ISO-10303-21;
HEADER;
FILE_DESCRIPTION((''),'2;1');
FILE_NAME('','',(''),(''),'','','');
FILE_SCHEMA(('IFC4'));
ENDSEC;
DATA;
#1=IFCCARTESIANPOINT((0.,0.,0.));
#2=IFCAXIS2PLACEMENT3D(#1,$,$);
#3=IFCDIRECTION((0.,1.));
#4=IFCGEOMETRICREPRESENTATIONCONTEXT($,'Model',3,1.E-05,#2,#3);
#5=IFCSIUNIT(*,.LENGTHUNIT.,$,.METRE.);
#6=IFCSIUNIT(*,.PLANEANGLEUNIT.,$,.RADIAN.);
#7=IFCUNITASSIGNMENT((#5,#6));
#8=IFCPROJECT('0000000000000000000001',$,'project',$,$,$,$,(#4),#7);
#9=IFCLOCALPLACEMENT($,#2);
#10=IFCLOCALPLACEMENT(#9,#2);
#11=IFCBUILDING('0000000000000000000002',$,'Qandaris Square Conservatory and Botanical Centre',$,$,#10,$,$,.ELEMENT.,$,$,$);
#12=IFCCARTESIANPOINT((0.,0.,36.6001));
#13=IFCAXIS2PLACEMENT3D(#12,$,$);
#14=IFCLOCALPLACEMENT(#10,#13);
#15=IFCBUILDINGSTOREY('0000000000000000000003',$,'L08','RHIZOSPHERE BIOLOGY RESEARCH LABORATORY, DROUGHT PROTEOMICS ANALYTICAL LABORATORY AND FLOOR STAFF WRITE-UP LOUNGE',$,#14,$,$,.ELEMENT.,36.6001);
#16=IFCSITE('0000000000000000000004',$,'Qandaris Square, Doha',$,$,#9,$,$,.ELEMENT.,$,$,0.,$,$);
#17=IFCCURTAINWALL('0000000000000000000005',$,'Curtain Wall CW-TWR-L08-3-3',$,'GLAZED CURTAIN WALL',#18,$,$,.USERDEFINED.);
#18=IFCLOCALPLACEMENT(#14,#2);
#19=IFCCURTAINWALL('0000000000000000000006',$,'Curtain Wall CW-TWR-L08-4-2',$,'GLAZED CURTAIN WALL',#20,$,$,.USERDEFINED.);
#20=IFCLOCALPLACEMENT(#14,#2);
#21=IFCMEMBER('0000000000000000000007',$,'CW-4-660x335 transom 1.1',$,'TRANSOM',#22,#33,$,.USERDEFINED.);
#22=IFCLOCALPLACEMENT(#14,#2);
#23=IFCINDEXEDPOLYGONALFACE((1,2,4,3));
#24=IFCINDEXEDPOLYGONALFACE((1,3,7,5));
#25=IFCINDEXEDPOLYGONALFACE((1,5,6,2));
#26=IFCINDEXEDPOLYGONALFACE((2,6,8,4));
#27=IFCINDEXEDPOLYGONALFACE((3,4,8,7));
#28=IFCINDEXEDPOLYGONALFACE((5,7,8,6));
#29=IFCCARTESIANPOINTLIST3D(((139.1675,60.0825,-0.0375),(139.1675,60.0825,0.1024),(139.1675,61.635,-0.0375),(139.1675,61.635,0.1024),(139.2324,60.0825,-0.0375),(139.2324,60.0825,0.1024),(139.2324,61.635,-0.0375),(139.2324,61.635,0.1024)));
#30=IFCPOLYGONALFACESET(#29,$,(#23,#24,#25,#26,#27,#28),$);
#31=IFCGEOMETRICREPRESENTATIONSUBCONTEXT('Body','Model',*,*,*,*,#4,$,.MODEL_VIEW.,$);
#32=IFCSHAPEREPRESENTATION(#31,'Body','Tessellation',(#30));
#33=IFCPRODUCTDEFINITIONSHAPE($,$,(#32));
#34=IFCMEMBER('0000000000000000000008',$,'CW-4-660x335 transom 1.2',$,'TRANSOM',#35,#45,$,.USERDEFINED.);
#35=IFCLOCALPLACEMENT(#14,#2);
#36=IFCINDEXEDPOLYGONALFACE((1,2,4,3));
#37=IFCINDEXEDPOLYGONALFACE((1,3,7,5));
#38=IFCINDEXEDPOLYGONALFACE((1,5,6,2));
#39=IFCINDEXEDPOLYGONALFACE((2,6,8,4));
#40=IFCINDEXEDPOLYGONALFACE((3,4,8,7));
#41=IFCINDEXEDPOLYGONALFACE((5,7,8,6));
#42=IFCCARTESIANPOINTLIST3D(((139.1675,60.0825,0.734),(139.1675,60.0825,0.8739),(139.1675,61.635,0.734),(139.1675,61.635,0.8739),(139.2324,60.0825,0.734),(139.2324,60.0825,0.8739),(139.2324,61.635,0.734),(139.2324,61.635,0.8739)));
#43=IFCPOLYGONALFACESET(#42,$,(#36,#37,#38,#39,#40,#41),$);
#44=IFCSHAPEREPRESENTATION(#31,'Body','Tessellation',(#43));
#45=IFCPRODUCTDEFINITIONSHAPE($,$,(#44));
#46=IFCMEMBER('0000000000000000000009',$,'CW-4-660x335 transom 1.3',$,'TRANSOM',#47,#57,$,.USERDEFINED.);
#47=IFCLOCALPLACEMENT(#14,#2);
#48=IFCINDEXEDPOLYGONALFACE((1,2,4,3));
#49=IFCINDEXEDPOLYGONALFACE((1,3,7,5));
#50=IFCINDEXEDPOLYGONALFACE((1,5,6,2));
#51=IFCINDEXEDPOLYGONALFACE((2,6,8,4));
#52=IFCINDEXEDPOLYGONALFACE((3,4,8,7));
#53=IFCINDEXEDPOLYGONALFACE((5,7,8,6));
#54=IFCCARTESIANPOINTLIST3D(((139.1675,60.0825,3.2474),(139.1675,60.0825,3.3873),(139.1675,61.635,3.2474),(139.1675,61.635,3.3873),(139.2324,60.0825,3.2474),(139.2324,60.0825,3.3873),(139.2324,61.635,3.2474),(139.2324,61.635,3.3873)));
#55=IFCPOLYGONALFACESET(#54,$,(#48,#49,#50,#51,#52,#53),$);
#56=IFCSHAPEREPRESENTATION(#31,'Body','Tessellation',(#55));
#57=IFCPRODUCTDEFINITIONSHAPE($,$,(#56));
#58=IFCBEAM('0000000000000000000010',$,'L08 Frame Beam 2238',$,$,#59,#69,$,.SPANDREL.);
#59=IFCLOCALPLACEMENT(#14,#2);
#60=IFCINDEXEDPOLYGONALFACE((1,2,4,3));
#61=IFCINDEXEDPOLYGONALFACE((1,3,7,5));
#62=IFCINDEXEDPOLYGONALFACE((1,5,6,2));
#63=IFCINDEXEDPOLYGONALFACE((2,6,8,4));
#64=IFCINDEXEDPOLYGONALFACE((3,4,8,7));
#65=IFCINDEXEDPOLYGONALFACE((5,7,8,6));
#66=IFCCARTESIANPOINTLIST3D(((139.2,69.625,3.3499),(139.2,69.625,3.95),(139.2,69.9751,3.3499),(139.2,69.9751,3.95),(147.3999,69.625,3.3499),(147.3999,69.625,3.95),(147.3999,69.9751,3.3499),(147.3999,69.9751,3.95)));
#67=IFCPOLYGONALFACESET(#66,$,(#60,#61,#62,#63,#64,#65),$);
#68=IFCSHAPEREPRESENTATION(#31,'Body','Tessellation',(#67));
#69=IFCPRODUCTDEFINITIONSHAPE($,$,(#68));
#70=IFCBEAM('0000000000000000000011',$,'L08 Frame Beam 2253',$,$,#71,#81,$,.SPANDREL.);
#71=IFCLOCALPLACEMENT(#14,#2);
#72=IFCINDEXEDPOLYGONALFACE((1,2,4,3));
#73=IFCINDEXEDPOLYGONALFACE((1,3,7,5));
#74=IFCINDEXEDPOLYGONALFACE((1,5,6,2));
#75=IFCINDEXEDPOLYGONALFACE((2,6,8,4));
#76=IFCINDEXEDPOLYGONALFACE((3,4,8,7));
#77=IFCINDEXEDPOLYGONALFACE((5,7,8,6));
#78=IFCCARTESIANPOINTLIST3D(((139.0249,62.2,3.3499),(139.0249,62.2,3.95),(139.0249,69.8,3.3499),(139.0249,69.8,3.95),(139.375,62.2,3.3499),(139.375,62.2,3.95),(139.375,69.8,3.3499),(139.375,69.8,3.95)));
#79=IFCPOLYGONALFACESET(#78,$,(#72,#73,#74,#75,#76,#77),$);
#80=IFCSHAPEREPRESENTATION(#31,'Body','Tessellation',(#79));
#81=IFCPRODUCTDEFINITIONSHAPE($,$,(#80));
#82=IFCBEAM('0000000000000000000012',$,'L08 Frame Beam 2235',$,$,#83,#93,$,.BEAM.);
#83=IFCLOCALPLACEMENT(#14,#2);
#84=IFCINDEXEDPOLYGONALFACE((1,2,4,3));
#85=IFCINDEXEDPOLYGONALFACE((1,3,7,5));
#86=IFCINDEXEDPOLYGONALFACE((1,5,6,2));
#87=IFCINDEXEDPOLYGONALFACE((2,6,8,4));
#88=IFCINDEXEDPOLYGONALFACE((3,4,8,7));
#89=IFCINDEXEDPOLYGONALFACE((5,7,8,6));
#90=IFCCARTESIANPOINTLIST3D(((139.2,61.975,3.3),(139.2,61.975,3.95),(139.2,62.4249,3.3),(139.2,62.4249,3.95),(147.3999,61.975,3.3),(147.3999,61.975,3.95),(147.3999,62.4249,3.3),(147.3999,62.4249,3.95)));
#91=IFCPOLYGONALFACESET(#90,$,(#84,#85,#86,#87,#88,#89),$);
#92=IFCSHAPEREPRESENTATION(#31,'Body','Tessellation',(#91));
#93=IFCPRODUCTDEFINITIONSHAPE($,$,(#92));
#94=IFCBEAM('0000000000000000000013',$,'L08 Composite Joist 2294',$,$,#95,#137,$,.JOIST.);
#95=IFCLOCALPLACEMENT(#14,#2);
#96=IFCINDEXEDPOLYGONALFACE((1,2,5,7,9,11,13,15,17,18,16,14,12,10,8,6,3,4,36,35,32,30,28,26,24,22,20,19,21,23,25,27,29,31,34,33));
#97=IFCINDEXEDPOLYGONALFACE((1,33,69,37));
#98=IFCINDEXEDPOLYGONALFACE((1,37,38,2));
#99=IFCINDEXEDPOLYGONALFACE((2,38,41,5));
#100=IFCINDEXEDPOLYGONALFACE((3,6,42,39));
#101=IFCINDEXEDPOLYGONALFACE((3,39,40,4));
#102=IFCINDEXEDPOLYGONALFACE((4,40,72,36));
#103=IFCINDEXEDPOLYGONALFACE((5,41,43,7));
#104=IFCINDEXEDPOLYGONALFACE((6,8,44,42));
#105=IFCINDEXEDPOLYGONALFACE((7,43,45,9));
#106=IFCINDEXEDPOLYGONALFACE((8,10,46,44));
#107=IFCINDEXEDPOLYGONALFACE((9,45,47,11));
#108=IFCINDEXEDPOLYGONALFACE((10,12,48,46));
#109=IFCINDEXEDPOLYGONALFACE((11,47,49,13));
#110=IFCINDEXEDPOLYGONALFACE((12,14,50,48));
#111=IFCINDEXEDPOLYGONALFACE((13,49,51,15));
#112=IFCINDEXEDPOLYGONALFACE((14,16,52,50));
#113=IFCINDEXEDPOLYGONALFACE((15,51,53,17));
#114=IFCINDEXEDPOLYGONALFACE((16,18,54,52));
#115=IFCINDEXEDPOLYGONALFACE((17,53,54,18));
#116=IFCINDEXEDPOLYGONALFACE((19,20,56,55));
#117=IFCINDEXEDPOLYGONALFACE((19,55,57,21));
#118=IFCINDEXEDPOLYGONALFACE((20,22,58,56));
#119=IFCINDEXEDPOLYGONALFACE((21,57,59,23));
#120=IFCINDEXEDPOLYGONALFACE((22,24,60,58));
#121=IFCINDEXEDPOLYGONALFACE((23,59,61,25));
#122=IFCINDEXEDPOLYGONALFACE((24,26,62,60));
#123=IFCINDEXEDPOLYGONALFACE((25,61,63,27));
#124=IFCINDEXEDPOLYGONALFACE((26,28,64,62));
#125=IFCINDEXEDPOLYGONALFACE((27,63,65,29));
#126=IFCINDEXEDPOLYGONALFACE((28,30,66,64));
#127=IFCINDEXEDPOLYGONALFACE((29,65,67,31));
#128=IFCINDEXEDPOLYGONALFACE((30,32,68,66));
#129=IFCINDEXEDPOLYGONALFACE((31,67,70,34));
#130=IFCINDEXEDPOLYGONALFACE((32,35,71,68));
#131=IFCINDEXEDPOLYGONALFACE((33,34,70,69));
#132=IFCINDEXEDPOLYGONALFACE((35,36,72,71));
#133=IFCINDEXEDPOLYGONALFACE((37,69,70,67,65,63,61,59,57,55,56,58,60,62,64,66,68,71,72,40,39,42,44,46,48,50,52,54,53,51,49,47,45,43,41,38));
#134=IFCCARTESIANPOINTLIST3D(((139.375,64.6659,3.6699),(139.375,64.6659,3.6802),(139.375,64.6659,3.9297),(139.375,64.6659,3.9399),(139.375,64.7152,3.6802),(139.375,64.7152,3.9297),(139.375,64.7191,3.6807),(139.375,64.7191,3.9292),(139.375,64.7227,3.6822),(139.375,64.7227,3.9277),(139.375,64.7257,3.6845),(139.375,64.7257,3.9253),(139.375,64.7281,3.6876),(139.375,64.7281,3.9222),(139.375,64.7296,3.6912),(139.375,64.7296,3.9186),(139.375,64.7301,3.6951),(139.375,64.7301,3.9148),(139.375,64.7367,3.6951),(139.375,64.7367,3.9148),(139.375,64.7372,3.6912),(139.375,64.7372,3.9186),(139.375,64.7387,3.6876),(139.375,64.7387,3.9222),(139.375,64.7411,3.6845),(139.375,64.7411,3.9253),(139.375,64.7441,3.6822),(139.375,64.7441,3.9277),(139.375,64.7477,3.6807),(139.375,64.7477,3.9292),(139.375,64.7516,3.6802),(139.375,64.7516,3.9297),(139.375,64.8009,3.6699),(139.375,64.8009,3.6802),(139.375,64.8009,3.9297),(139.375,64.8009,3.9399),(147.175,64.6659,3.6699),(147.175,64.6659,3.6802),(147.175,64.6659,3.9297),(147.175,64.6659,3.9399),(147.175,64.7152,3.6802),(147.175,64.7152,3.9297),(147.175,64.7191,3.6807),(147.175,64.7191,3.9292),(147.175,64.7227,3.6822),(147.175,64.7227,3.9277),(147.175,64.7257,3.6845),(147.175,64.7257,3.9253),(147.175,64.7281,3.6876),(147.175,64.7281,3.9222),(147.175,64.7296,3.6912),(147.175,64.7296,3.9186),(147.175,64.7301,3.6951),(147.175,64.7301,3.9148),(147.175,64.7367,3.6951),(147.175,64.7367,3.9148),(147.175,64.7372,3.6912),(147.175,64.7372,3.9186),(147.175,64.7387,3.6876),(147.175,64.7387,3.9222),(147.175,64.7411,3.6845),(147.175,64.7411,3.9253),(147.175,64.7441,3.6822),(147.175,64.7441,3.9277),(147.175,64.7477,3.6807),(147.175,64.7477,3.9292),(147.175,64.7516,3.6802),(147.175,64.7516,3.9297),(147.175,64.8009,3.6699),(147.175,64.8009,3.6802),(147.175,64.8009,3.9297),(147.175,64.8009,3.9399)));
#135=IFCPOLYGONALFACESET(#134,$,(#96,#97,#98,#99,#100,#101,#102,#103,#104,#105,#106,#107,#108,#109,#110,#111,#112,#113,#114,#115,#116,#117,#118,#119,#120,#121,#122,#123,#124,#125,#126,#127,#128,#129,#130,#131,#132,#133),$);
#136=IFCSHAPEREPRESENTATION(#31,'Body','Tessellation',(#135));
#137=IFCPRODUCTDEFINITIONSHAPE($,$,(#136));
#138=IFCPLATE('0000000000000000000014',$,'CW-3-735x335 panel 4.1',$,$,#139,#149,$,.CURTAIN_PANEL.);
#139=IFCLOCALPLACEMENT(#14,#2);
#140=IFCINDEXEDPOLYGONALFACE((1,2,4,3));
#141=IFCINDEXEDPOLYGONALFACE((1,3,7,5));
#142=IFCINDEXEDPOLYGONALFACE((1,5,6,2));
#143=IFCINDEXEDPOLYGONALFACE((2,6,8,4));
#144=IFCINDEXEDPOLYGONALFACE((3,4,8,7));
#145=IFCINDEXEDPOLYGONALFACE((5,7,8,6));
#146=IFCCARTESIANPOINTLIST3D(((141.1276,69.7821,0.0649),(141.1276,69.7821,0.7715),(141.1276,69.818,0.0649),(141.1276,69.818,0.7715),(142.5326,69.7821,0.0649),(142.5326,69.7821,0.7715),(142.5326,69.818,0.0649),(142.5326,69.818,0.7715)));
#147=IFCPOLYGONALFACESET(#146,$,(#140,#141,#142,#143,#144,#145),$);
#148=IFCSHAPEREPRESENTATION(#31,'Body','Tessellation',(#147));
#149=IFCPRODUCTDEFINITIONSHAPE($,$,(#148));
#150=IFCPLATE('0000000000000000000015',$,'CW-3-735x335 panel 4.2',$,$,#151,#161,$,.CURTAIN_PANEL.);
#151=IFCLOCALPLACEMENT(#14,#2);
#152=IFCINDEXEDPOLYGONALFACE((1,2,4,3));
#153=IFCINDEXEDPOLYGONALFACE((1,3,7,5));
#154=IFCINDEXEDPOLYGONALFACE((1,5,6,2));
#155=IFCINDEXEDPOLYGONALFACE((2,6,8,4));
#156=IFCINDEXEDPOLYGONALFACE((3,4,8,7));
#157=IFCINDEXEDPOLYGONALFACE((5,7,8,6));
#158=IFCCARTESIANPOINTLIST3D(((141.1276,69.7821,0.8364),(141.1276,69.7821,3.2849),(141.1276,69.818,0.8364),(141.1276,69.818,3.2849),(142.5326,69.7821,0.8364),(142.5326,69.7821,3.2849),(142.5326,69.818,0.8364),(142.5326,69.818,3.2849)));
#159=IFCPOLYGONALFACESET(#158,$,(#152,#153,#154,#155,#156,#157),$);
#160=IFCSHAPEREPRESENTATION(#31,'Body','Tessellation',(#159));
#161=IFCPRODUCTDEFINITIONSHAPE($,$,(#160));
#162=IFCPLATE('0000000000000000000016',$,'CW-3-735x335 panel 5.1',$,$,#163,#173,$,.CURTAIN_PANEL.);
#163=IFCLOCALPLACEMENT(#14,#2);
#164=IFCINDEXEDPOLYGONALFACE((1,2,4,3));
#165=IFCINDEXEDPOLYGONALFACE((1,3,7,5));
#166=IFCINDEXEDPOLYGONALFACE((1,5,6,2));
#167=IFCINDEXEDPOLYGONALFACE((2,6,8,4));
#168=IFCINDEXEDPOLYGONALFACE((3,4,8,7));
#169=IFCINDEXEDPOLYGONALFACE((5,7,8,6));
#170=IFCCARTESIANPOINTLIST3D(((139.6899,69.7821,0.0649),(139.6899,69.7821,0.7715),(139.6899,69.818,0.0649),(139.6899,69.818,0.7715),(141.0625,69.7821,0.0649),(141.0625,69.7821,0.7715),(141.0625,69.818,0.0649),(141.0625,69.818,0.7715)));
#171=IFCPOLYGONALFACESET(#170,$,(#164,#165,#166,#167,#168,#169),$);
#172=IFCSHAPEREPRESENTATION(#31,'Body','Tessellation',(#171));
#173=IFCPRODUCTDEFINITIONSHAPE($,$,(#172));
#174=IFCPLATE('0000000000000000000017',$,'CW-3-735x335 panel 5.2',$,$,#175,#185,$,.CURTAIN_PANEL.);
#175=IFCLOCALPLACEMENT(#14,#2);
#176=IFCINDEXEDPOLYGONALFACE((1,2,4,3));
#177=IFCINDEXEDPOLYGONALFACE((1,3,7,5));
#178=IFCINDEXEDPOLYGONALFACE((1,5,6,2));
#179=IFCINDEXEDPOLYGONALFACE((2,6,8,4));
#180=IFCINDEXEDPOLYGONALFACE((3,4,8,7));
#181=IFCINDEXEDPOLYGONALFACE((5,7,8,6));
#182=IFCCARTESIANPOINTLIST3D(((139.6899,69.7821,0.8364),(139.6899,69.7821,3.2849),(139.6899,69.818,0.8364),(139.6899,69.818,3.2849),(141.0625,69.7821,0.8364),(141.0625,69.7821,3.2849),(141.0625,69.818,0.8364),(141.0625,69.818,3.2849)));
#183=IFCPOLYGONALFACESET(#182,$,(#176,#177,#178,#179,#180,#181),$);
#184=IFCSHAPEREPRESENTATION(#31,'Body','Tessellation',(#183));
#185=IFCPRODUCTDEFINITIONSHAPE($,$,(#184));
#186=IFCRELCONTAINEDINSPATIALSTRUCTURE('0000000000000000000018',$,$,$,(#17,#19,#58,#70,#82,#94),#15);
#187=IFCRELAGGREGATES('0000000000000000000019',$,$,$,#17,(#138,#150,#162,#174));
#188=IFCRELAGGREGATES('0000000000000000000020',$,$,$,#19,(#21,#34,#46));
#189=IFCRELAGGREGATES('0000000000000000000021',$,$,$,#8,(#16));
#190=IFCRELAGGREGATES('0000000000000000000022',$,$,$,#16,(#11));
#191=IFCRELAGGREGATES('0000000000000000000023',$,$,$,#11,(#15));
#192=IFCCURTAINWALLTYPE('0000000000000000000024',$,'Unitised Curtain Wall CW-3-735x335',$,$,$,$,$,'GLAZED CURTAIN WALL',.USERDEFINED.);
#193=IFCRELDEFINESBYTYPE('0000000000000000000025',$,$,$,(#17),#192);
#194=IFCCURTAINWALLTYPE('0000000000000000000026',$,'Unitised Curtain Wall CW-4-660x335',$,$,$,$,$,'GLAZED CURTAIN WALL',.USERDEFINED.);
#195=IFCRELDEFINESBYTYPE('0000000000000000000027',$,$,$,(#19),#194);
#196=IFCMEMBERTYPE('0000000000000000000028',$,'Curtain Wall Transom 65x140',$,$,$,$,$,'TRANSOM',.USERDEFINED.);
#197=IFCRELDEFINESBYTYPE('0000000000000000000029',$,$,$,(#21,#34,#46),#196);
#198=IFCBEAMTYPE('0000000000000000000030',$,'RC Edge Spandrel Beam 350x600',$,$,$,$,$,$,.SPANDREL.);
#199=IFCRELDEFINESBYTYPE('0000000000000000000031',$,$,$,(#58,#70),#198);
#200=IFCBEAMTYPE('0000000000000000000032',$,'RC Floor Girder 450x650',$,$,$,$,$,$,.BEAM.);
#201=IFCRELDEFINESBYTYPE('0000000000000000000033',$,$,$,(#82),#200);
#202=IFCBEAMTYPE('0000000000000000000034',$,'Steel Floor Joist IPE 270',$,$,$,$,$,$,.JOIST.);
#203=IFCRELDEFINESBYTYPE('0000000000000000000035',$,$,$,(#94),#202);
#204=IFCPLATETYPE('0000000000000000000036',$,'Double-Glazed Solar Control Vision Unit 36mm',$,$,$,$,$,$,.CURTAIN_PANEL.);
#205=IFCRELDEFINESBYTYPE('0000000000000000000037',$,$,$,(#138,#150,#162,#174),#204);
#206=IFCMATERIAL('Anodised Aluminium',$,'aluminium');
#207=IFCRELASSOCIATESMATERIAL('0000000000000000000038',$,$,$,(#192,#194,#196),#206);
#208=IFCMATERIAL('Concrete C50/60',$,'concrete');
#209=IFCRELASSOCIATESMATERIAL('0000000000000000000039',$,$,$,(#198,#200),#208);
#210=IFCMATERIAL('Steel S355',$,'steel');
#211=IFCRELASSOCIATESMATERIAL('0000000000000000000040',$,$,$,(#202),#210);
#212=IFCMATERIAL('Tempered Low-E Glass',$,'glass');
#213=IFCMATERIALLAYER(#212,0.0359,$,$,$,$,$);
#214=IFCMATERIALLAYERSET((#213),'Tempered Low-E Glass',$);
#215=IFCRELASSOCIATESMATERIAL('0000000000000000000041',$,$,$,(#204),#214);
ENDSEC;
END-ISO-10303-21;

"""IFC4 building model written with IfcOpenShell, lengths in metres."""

from ifc_helpers import new_model, si_unit, direction, frame, origin, origin_2d, place, context, subcontext, project, spatial, rectangle, i_section, extrude, material, layer, layer_set, material_profile, profile_set, type_object, element, aggregate, save


model = new_model("IFC4")

# Units and contexts
model_context = context("Model", 3, precision=1e-05, world=origin(), true_north=direction((0.0, 1.0)))
body_context = subcontext(model_context, "Body", "Model", "MODEL_VIEW")
ifc_project = project(units=[si_unit("LENGTHUNIT", "METRE"), si_unit("PLANEANGLEUNIT", "RADIAN")], contexts=[model_context])

# Site, building, storey
site_placement = place(None, origin())
site = spatial("IfcSite", under=ifc_project, at=site_placement, Name="Qandaris Square, Doha", CompositionType="ELEMENT", RefElevation=0.0)
building_placement = place(site_placement, origin())
building = spatial("IfcBuilding", under=site, at=building_placement, Name="Qandaris Square Conservatory and Botanical Centre", CompositionType="ELEMENT")
storey_placement = place(building_placement, frame((0.0, 0.0, 36.6001)))
storey = spatial("IfcBuildingStorey", under=building, at=storey_placement, Name="L08", Description="RHIZOSPHERE BIOLOGY RESEARCH LABORATORY, DROUGHT PROTEOMICS ANALYTICAL LABORATORY AND FLOOR STAFF WRITE-UP LOUNGE", CompositionType="ELEMENT", Elevation=36.6001)

# Shared definitions
ifc_material_1 = material(Name="Concrete C50/60", Category="concrete")

# Shared definitions
ifc_material_2 = material(Name="Steel S355", Category="steel")

# Curtain wall
ifc_material_3 = material(Name="Anodised Aluminium", Category="aluminium")
curtain_wall_type_1 = type_object("IfcCurtainWallType", Name="Unitised Curtain Wall CW-3-735x335", ElementType="GLAZED CURTAIN WALL", PredefinedType="USERDEFINED", material=ifc_material_3)
curtain_wall_1_placement = place(storey_placement, origin())
curtain_wall_1 = element("IfcCurtainWall", 1, at=curtain_wall_1_placement, inside=storey, type_object=curtain_wall_type_1, Name="Curtain Wall CW-TWR-L08-3-3", ObjectType="GLAZED CURTAIN WALL", PredefinedType="USERDEFINED")

# Curtain wall
curtain_wall_type_2 = type_object("IfcCurtainWallType", Name="Unitised Curtain Wall CW-4-660x335", ElementType="GLAZED CURTAIN WALL", PredefinedType="USERDEFINED", material=ifc_material_3)
curtain_wall_2_placement = place(storey_placement, origin())
curtain_wall_2 = element("IfcCurtainWall", 2, at=curtain_wall_2_placement, inside=storey, type_object=curtain_wall_type_2, Name="Curtain Wall CW-TWR-L08-4-2", ObjectType="GLAZED CURTAIN WALL", PredefinedType="USERDEFINED")

# Members
ifc_material_profile_1 = material_profile(ifc_material_3, rectangle(XDim=0.0649, YDim=0.1399, at=origin_2d()), Name="ALU-TRN 65x140")
ifc_profile_set_1 = profile_set([ifc_material_profile_1], Name="Anodised Aluminium")
member_type_1 = type_object("IfcMemberType", Name="Curtain Wall Transom 65x140", ElementType="TRANSOM", PredefinedType="USERDEFINED", material=ifc_profile_set_1)
member_1_placement = place(storey_placement, frame((139.2, 61.635, 0.0325), z_axis=(0.0, -1.0, 0.0), x_axis=(1.0, 0.0, 0.0)))
member_1 = element("IfcMember", 3, at=member_1_placement, type_object=member_type_1, Name="CW-4-660x335 transom 1.1", ObjectType="TRANSOM", PredefinedType="USERDEFINED", context=body_context, shape_type="SweptSolid", body=[
    extrude(rectangle(XDim=0.0649, YDim=0.1399, at=origin_2d()), origin(), (0.0, 0.0, 1.0), 1.5525),
])
member_2_placement = place(storey_placement, frame((139.2, 61.635, 0.804), z_axis=(0.0, -1.0, 0.0), x_axis=(1.0, 0.0, 0.0)))
member_2 = element("IfcMember", 4, at=member_2_placement, type_object=member_type_1, Name="CW-4-660x335 transom 1.2", ObjectType="TRANSOM", PredefinedType="USERDEFINED", context=body_context, shape_type="SweptSolid", body=[
    extrude(rectangle(XDim=0.0649, YDim=0.1399, at=origin_2d()), origin(), (0.0, 0.0, 1.0), 1.5525),
])
member_3_placement = place(storey_placement, frame((139.2, 61.635, 3.3174), z_axis=(0.0, -1.0, 0.0), x_axis=(1.0, 0.0, 0.0)))
member_3 = element("IfcMember", 5, at=member_3_placement, type_object=member_type_1, Name="CW-4-660x335 transom 1.3", ObjectType="TRANSOM", PredefinedType="USERDEFINED", context=body_context, shape_type="SweptSolid", body=[
    extrude(rectangle(XDim=0.0649, YDim=0.1399, at=origin_2d()), origin(), (0.0, 0.0, 1.0), 1.5525),
])

# Beams
ifc_material_profile_2 = material_profile(ifc_material_1, rectangle(XDim=0.3501, YDim=0.6001, at=origin_2d()), Name="RC-SP 350x600")
ifc_profile_set_2 = profile_set([ifc_material_profile_2], Name="Concrete C50/60")
beam_type_1 = type_object("IfcBeamType", Name="RC Edge Spandrel Beam 350x600", PredefinedType="SPANDREL", material=ifc_profile_set_2)
beam_1_placement = place(storey_placement, frame((139.2, 69.8, 3.6499), z_axis=(1.0, 0.0, 0.0), x_axis=(0.0, 1.0, 0.0)))
element("IfcBeam", 6, at=beam_1_placement, inside=storey, type_object=beam_type_1, Name="L08 Frame Beam 2238", PredefinedType="SPANDREL", context=body_context, shape_type="SweptSolid", body=[
    extrude(rectangle(XDim=0.3501, YDim=0.6001, at=origin_2d()), origin(), (0.0, 0.0, 1.0), 8.2),
])
beam_2_placement = place(storey_placement, frame((139.2, 62.2, 3.6499), z_axis=(0.0, 1.0, 0.0), x_axis=(-1.0, 0.0, 0.0)))
element("IfcBeam", 7, at=beam_2_placement, inside=storey, type_object=beam_type_1, Name="L08 Frame Beam 2253", PredefinedType="SPANDREL", context=body_context, shape_type="SweptSolid", body=[
    extrude(rectangle(XDim=0.3501, YDim=0.6001, at=origin_2d()), origin(), (0.0, 0.0, 1.0), 7.6001),
])
ifc_material_profile_3 = material_profile(ifc_material_1, rectangle(XDim=0.45, YDim=0.6499, at=origin_2d()), Name="RC-BM 450x650")
ifc_profile_set_3 = profile_set([ifc_material_profile_3], Name="Concrete C50/60")
beam_type_2 = type_object("IfcBeamType", Name="RC Floor Girder 450x650", PredefinedType="BEAM", material=ifc_profile_set_3)
beam_3_placement = place(storey_placement, frame((139.2, 62.2, 3.625), z_axis=(1.0, 0.0, 0.0), x_axis=(0.0, 1.0, 0.0)))
element("IfcBeam", 8, at=beam_3_placement, inside=storey, type_object=beam_type_2, Name="L08 Frame Beam 2235", PredefinedType="BEAM", context=body_context, shape_type="SweptSolid", body=[
    extrude(rectangle(XDim=0.45, YDim=0.6499, at=origin_2d()), origin(), (0.0, 0.0, 1.0), 8.2),
])
ifc_material_profile_4 = material_profile(ifc_material_2, i_section(OverallWidth=0.135, OverallDepth=0.27, WebThickness=0.0066, FlangeThickness=0.0103, FilletRadius=0.0149, at=origin_2d()), Name="IPE 270")
ifc_profile_set_4 = profile_set([ifc_material_profile_4], Name="Steel S355")
beam_type_3 = type_object("IfcBeamType", Name="Steel Floor Joist IPE 270", PredefinedType="JOIST", material=ifc_profile_set_4)
beam_4_placement = place(storey_placement, frame((139.375, 64.7334, 3.8049), z_axis=(1.0, 0.0, 0.0), x_axis=(0.0, 1.0, 0.0)))
element("IfcBeam", 9, at=beam_4_placement, inside=storey, type_object=beam_type_3, Name="L08 Composite Joist 2294", PredefinedType="JOIST", context=body_context, shape_type="SweptSolid", body=[
    extrude(i_section(OverallWidth=0.135, OverallDepth=0.27, WebThickness=0.0066, FlangeThickness=0.0103, FilletRadius=0.0149, at=origin_2d()), origin(), (0.0, 0.0, 1.0), 7.8),
])

# Plates
ifc_material_4 = material(Name="Tempered Low-E Glass", Category="glass")
ifc_layer_1 = layer(ifc_material_4, 0.0359)
ifc_layer_set_1 = layer_set([ifc_layer_1], Name="Tempered Low-E Glass")
plate_type = type_object("IfcPlateType", Name="Double-Glazed Solar Control Vision Unit 36mm", PredefinedType="CURTAIN_PANEL", material=ifc_layer_set_1)
plate_1_placement = place(storey_placement, frame((141.8301, 69.8, 0.0649), z_axis=(0.0, 0.0, 1.0), x_axis=(-1.0, 0.0, 0.0)))
plate_1 = element("IfcPlate", 10, at=plate_1_placement, type_object=plate_type, Name="CW-3-735x335 panel 4.1", PredefinedType="CURTAIN_PANEL", context=body_context, shape_type="SweptSolid", body=[
    extrude(rectangle(XDim=1.405, YDim=0.0359, at=origin_2d()), origin(), (0.0, 0.0, 1.0), 0.7065),
])
plate_2_placement = place(storey_placement, frame((141.8301, 69.8, 0.8364), z_axis=(0.0, 0.0, 1.0), x_axis=(-1.0, 0.0, 0.0)))
plate_2 = element("IfcPlate", 11, at=plate_2_placement, type_object=plate_type, Name="CW-3-735x335 panel 4.2", PredefinedType="CURTAIN_PANEL", context=body_context, shape_type="SweptSolid", body=[
    extrude(rectangle(XDim=1.405, YDim=0.0359, at=origin_2d()), origin(), (0.0, 0.0, 1.0), 2.4485),
])
plate_3_placement = place(storey_placement, frame((140.3762, 69.8, 0.0649), z_axis=(0.0, 0.0, 1.0), x_axis=(-1.0, 0.0, 0.0)))
plate_3 = element("IfcPlate", 12, at=plate_3_placement, type_object=plate_type, Name="CW-3-735x335 panel 5.1", PredefinedType="CURTAIN_PANEL", context=body_context, shape_type="SweptSolid", body=[
    extrude(rectangle(XDim=1.3726, YDim=0.0359, at=origin_2d()), origin(), (0.0, 0.0, 1.0), 0.7065),
])
plate_4_placement = place(storey_placement, frame((140.3762, 69.8, 0.8364), z_axis=(0.0, 0.0, 1.0), x_axis=(-1.0, 0.0, 0.0)))
plate_4 = element("IfcPlate", 13, at=plate_4_placement, type_object=plate_type, Name="CW-3-735x335 panel 5.2", PredefinedType="CURTAIN_PANEL", context=body_context, shape_type="SweptSolid", body=[
    extrude(rectangle(XDim=1.3726, YDim=0.0359, at=origin_2d()), origin(), (0.0, 0.0, 1.0), 2.4485),
])
aggregate(curtain_wall_1, [plate_1, plate_2, plate_3, plate_4])
aggregate(curtain_wall_2, [member_1, member_2, member_3])

save(model, "model.ifc")
